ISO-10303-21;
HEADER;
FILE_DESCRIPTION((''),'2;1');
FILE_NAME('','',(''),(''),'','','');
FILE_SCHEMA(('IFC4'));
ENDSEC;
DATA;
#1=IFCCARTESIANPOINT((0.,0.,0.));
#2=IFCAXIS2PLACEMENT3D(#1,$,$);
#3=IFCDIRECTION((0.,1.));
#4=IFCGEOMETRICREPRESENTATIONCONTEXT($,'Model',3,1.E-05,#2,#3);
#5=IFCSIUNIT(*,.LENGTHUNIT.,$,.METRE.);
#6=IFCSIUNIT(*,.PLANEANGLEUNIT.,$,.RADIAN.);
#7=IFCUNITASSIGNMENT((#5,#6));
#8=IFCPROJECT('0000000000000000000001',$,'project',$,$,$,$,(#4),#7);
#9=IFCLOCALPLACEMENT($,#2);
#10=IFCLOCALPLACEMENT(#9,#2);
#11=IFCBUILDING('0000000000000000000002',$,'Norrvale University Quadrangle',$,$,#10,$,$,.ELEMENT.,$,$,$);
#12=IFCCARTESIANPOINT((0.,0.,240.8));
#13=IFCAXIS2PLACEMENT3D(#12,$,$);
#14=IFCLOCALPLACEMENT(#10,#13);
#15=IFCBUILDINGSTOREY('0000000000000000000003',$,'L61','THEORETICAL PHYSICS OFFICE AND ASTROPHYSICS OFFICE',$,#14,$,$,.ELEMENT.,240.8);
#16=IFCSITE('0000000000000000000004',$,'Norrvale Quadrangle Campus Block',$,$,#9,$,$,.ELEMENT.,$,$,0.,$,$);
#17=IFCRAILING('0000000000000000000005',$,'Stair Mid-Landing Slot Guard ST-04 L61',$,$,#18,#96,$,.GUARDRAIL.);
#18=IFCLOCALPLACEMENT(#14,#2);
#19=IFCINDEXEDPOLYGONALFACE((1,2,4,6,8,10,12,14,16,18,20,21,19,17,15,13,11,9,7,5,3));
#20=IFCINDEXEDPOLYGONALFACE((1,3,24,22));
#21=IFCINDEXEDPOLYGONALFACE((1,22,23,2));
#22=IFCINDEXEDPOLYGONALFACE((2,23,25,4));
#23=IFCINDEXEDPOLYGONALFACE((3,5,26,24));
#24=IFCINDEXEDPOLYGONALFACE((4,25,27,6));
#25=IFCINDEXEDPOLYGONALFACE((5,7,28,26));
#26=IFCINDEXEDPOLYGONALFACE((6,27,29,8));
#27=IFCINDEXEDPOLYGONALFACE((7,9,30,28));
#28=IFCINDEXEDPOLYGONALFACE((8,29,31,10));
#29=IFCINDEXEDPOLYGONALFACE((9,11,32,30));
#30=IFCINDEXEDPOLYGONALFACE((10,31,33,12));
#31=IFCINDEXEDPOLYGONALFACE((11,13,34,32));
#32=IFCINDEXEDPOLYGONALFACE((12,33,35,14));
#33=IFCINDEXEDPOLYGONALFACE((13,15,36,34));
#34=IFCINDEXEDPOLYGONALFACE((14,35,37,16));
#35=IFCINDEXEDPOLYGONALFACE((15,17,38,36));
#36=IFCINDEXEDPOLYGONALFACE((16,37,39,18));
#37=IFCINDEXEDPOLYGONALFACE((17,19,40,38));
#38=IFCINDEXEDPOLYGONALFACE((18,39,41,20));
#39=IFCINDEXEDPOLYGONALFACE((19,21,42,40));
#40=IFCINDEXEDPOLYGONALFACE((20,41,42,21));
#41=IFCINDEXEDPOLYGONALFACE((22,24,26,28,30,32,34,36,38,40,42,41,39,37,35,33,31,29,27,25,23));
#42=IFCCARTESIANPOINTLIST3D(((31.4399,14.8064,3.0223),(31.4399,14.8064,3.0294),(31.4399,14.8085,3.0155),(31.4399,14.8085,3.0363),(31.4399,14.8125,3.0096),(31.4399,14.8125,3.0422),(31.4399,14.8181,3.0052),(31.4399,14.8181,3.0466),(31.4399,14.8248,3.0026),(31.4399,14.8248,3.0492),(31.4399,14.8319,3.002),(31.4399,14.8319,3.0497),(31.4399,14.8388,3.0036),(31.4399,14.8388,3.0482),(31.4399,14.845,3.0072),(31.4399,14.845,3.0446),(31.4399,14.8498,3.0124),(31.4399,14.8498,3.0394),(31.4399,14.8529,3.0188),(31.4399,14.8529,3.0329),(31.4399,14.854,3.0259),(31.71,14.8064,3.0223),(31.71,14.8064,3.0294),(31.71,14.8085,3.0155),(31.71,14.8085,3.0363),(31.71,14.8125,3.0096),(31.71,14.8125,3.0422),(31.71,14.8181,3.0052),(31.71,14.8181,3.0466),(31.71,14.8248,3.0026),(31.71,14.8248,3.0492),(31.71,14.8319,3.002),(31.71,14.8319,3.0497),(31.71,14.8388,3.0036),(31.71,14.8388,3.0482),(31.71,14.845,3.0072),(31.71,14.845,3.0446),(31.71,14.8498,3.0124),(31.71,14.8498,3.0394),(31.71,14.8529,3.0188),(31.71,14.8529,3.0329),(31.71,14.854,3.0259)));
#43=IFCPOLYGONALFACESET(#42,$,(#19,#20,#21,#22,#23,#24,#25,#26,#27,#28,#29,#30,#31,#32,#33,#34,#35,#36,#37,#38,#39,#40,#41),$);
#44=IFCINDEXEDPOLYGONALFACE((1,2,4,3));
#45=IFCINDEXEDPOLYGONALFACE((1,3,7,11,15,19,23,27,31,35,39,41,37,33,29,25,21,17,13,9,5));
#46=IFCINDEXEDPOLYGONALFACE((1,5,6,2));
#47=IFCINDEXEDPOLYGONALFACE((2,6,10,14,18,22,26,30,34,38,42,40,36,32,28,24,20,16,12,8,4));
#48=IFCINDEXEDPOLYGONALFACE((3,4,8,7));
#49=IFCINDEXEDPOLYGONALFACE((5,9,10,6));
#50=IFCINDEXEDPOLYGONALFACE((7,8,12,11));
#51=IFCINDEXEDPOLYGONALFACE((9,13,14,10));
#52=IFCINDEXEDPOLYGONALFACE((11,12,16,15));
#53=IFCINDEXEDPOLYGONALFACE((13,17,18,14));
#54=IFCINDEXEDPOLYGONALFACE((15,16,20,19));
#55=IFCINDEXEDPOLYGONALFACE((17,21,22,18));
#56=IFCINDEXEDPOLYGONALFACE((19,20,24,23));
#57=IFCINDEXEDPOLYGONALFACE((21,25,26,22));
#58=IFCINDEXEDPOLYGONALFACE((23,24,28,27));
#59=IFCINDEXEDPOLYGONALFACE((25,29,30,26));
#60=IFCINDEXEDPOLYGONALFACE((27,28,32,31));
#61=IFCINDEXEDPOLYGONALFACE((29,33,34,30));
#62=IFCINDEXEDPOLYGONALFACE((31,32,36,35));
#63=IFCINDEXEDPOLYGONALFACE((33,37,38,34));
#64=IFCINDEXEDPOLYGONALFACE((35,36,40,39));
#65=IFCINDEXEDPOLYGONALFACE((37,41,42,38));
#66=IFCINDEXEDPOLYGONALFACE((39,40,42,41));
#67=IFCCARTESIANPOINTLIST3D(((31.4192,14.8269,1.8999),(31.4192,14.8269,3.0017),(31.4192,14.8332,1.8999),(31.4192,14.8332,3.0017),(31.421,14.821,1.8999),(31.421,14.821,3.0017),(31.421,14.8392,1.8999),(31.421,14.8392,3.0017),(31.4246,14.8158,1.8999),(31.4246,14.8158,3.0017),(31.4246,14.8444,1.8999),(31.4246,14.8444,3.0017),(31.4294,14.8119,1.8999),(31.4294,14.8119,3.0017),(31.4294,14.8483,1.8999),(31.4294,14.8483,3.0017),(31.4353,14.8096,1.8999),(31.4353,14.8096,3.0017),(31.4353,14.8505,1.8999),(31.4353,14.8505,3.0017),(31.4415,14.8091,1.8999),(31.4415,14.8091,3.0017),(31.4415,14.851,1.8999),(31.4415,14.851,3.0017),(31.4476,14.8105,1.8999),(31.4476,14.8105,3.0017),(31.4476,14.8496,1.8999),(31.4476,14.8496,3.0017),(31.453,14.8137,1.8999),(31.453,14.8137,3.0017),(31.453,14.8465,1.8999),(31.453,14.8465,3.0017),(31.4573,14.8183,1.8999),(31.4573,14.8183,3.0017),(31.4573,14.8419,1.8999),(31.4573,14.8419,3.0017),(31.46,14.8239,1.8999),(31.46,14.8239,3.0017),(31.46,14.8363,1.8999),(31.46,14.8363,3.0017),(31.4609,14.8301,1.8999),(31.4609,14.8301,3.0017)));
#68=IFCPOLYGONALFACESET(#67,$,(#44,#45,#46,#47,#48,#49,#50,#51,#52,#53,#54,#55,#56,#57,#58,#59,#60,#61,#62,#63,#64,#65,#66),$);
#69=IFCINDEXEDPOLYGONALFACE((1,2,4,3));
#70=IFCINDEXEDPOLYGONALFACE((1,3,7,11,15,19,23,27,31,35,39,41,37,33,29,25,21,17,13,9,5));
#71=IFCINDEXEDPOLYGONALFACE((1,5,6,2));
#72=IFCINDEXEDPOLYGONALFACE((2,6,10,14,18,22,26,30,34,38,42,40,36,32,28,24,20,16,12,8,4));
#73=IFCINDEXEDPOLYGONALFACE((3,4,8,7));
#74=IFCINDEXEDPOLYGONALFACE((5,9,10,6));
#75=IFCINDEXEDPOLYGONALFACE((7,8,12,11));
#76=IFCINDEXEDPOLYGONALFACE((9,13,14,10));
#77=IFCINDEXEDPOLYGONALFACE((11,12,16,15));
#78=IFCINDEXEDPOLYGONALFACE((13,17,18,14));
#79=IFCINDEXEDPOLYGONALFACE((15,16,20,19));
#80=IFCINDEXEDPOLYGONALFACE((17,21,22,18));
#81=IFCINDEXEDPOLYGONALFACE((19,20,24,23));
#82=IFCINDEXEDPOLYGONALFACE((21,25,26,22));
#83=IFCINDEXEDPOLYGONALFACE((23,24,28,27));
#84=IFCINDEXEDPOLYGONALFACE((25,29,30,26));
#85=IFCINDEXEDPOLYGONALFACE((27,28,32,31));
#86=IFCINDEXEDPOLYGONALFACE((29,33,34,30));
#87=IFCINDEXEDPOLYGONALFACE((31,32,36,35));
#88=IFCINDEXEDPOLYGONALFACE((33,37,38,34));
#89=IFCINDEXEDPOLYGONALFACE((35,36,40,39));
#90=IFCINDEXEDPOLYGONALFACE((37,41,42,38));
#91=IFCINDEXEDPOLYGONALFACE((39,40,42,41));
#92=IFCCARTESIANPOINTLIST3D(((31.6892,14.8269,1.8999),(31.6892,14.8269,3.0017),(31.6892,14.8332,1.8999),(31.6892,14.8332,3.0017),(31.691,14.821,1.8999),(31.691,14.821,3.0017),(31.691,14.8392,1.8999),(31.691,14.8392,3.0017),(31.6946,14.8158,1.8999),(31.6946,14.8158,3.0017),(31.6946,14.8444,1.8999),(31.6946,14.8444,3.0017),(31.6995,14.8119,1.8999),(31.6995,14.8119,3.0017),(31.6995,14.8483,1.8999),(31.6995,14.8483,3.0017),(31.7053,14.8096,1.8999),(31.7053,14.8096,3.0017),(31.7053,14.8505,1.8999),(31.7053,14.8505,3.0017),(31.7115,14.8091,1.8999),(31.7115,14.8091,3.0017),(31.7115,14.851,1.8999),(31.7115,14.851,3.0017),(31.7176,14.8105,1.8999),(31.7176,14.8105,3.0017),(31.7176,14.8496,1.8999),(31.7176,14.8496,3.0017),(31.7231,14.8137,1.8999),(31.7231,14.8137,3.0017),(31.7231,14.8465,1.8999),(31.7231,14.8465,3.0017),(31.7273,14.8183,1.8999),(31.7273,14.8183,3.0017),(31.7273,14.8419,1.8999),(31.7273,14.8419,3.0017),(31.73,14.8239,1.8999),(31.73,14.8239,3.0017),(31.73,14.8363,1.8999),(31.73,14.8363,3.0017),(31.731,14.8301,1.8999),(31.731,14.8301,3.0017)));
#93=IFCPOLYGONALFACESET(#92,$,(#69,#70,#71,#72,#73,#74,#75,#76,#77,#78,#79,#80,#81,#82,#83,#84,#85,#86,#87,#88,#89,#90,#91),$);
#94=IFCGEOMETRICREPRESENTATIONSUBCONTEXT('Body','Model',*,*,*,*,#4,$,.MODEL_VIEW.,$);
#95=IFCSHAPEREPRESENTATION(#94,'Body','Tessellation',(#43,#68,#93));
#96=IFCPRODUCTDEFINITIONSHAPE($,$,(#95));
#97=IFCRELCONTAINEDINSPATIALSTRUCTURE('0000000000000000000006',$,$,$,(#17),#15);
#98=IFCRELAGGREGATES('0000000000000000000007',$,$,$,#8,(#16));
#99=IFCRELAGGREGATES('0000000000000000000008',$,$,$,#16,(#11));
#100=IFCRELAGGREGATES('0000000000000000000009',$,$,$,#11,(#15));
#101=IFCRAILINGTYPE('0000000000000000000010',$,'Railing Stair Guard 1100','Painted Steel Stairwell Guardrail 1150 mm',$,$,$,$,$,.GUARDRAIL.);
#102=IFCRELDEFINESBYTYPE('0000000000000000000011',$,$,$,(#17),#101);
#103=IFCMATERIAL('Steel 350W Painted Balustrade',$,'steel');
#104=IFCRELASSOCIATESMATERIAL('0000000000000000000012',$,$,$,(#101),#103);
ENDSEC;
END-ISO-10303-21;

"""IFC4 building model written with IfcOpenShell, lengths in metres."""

from ifc_helpers import new_model, si_unit, direction, frame, origin, origin_2d, place, context, subcontext, project, spatial, circle, extrude, material, type_object, element, save


model = new_model("IFC4")

# Units and contexts
model_context = context("Model", 3, precision=1e-05, world=origin(), true_north=direction((0.0, 1.0)))
body_context = subcontext(model_context, "Body", "Model", "MODEL_VIEW")
ifc_project = project(units=[si_unit("LENGTHUNIT", "METRE"), si_unit("PLANEANGLEUNIT", "RADIAN")], contexts=[model_context])

# Site, building, storey
site_placement = place(None, origin())
site = spatial("IfcSite", under=ifc_project, at=site_placement, Name="Norrvale Quadrangle Campus Block", CompositionType="ELEMENT", RefElevation=0.0)
building_placement = place(site_placement, origin())
building = spatial("IfcBuilding", under=site, at=building_placement, Name="Norrvale University Quadrangle", CompositionType="ELEMENT")
storey_placement = place(building_placement, frame((0.0, 0.0, 240.8)))
storey = spatial("IfcBuildingStorey", under=building, at=storey_placement, Name="L61", Description="THEORETICAL PHYSICS OFFICE AND ASTROPHYSICS OFFICE", CompositionType="ELEMENT", Elevation=240.8)

# Railing
ifc_material_1 = material(Name="Steel 350W Painted Balustrade", Category="steel")
railing_type_1 = type_object("IfcRailingType", Name="Railing Stair Guard 1100", Description="Painted Steel Stairwell Guardrail 1150 mm", PredefinedType="GUARDRAIL", material=ifc_material_1)
railing_1_placement = place(storey_placement, frame((31.4399, 14.8301, 1.8999)))
element("IfcRailing", 1, at=railing_1_placement, inside=storey, type_object=railing_type_1, Name="Stair Mid-Landing Slot Guard ST-04 L61", PredefinedType="GUARDRAIL", context=body_context, shape_type="SweptSolid", body=[
    extrude(circle(Radius=0.0239, at=origin_2d()), frame((0.0, 0.0, 1.126), z_axis=(1.0, 0.0, 0.0), x_axis=(0.0, 1.0, 0.0)), (0.0, 0.0, 1.0), 0.27),
    extrude(circle(Radius=0.021, at=origin_2d()), origin(), (0.0, 0.0, 1.0), 1.1018),
    extrude(circle(Radius=0.021, at=origin_2d()), frame((0.27, 0.0, 0.0)), (0.0, 0.0, 1.0), 1.1018),
])

save(model, "model.ifc")
